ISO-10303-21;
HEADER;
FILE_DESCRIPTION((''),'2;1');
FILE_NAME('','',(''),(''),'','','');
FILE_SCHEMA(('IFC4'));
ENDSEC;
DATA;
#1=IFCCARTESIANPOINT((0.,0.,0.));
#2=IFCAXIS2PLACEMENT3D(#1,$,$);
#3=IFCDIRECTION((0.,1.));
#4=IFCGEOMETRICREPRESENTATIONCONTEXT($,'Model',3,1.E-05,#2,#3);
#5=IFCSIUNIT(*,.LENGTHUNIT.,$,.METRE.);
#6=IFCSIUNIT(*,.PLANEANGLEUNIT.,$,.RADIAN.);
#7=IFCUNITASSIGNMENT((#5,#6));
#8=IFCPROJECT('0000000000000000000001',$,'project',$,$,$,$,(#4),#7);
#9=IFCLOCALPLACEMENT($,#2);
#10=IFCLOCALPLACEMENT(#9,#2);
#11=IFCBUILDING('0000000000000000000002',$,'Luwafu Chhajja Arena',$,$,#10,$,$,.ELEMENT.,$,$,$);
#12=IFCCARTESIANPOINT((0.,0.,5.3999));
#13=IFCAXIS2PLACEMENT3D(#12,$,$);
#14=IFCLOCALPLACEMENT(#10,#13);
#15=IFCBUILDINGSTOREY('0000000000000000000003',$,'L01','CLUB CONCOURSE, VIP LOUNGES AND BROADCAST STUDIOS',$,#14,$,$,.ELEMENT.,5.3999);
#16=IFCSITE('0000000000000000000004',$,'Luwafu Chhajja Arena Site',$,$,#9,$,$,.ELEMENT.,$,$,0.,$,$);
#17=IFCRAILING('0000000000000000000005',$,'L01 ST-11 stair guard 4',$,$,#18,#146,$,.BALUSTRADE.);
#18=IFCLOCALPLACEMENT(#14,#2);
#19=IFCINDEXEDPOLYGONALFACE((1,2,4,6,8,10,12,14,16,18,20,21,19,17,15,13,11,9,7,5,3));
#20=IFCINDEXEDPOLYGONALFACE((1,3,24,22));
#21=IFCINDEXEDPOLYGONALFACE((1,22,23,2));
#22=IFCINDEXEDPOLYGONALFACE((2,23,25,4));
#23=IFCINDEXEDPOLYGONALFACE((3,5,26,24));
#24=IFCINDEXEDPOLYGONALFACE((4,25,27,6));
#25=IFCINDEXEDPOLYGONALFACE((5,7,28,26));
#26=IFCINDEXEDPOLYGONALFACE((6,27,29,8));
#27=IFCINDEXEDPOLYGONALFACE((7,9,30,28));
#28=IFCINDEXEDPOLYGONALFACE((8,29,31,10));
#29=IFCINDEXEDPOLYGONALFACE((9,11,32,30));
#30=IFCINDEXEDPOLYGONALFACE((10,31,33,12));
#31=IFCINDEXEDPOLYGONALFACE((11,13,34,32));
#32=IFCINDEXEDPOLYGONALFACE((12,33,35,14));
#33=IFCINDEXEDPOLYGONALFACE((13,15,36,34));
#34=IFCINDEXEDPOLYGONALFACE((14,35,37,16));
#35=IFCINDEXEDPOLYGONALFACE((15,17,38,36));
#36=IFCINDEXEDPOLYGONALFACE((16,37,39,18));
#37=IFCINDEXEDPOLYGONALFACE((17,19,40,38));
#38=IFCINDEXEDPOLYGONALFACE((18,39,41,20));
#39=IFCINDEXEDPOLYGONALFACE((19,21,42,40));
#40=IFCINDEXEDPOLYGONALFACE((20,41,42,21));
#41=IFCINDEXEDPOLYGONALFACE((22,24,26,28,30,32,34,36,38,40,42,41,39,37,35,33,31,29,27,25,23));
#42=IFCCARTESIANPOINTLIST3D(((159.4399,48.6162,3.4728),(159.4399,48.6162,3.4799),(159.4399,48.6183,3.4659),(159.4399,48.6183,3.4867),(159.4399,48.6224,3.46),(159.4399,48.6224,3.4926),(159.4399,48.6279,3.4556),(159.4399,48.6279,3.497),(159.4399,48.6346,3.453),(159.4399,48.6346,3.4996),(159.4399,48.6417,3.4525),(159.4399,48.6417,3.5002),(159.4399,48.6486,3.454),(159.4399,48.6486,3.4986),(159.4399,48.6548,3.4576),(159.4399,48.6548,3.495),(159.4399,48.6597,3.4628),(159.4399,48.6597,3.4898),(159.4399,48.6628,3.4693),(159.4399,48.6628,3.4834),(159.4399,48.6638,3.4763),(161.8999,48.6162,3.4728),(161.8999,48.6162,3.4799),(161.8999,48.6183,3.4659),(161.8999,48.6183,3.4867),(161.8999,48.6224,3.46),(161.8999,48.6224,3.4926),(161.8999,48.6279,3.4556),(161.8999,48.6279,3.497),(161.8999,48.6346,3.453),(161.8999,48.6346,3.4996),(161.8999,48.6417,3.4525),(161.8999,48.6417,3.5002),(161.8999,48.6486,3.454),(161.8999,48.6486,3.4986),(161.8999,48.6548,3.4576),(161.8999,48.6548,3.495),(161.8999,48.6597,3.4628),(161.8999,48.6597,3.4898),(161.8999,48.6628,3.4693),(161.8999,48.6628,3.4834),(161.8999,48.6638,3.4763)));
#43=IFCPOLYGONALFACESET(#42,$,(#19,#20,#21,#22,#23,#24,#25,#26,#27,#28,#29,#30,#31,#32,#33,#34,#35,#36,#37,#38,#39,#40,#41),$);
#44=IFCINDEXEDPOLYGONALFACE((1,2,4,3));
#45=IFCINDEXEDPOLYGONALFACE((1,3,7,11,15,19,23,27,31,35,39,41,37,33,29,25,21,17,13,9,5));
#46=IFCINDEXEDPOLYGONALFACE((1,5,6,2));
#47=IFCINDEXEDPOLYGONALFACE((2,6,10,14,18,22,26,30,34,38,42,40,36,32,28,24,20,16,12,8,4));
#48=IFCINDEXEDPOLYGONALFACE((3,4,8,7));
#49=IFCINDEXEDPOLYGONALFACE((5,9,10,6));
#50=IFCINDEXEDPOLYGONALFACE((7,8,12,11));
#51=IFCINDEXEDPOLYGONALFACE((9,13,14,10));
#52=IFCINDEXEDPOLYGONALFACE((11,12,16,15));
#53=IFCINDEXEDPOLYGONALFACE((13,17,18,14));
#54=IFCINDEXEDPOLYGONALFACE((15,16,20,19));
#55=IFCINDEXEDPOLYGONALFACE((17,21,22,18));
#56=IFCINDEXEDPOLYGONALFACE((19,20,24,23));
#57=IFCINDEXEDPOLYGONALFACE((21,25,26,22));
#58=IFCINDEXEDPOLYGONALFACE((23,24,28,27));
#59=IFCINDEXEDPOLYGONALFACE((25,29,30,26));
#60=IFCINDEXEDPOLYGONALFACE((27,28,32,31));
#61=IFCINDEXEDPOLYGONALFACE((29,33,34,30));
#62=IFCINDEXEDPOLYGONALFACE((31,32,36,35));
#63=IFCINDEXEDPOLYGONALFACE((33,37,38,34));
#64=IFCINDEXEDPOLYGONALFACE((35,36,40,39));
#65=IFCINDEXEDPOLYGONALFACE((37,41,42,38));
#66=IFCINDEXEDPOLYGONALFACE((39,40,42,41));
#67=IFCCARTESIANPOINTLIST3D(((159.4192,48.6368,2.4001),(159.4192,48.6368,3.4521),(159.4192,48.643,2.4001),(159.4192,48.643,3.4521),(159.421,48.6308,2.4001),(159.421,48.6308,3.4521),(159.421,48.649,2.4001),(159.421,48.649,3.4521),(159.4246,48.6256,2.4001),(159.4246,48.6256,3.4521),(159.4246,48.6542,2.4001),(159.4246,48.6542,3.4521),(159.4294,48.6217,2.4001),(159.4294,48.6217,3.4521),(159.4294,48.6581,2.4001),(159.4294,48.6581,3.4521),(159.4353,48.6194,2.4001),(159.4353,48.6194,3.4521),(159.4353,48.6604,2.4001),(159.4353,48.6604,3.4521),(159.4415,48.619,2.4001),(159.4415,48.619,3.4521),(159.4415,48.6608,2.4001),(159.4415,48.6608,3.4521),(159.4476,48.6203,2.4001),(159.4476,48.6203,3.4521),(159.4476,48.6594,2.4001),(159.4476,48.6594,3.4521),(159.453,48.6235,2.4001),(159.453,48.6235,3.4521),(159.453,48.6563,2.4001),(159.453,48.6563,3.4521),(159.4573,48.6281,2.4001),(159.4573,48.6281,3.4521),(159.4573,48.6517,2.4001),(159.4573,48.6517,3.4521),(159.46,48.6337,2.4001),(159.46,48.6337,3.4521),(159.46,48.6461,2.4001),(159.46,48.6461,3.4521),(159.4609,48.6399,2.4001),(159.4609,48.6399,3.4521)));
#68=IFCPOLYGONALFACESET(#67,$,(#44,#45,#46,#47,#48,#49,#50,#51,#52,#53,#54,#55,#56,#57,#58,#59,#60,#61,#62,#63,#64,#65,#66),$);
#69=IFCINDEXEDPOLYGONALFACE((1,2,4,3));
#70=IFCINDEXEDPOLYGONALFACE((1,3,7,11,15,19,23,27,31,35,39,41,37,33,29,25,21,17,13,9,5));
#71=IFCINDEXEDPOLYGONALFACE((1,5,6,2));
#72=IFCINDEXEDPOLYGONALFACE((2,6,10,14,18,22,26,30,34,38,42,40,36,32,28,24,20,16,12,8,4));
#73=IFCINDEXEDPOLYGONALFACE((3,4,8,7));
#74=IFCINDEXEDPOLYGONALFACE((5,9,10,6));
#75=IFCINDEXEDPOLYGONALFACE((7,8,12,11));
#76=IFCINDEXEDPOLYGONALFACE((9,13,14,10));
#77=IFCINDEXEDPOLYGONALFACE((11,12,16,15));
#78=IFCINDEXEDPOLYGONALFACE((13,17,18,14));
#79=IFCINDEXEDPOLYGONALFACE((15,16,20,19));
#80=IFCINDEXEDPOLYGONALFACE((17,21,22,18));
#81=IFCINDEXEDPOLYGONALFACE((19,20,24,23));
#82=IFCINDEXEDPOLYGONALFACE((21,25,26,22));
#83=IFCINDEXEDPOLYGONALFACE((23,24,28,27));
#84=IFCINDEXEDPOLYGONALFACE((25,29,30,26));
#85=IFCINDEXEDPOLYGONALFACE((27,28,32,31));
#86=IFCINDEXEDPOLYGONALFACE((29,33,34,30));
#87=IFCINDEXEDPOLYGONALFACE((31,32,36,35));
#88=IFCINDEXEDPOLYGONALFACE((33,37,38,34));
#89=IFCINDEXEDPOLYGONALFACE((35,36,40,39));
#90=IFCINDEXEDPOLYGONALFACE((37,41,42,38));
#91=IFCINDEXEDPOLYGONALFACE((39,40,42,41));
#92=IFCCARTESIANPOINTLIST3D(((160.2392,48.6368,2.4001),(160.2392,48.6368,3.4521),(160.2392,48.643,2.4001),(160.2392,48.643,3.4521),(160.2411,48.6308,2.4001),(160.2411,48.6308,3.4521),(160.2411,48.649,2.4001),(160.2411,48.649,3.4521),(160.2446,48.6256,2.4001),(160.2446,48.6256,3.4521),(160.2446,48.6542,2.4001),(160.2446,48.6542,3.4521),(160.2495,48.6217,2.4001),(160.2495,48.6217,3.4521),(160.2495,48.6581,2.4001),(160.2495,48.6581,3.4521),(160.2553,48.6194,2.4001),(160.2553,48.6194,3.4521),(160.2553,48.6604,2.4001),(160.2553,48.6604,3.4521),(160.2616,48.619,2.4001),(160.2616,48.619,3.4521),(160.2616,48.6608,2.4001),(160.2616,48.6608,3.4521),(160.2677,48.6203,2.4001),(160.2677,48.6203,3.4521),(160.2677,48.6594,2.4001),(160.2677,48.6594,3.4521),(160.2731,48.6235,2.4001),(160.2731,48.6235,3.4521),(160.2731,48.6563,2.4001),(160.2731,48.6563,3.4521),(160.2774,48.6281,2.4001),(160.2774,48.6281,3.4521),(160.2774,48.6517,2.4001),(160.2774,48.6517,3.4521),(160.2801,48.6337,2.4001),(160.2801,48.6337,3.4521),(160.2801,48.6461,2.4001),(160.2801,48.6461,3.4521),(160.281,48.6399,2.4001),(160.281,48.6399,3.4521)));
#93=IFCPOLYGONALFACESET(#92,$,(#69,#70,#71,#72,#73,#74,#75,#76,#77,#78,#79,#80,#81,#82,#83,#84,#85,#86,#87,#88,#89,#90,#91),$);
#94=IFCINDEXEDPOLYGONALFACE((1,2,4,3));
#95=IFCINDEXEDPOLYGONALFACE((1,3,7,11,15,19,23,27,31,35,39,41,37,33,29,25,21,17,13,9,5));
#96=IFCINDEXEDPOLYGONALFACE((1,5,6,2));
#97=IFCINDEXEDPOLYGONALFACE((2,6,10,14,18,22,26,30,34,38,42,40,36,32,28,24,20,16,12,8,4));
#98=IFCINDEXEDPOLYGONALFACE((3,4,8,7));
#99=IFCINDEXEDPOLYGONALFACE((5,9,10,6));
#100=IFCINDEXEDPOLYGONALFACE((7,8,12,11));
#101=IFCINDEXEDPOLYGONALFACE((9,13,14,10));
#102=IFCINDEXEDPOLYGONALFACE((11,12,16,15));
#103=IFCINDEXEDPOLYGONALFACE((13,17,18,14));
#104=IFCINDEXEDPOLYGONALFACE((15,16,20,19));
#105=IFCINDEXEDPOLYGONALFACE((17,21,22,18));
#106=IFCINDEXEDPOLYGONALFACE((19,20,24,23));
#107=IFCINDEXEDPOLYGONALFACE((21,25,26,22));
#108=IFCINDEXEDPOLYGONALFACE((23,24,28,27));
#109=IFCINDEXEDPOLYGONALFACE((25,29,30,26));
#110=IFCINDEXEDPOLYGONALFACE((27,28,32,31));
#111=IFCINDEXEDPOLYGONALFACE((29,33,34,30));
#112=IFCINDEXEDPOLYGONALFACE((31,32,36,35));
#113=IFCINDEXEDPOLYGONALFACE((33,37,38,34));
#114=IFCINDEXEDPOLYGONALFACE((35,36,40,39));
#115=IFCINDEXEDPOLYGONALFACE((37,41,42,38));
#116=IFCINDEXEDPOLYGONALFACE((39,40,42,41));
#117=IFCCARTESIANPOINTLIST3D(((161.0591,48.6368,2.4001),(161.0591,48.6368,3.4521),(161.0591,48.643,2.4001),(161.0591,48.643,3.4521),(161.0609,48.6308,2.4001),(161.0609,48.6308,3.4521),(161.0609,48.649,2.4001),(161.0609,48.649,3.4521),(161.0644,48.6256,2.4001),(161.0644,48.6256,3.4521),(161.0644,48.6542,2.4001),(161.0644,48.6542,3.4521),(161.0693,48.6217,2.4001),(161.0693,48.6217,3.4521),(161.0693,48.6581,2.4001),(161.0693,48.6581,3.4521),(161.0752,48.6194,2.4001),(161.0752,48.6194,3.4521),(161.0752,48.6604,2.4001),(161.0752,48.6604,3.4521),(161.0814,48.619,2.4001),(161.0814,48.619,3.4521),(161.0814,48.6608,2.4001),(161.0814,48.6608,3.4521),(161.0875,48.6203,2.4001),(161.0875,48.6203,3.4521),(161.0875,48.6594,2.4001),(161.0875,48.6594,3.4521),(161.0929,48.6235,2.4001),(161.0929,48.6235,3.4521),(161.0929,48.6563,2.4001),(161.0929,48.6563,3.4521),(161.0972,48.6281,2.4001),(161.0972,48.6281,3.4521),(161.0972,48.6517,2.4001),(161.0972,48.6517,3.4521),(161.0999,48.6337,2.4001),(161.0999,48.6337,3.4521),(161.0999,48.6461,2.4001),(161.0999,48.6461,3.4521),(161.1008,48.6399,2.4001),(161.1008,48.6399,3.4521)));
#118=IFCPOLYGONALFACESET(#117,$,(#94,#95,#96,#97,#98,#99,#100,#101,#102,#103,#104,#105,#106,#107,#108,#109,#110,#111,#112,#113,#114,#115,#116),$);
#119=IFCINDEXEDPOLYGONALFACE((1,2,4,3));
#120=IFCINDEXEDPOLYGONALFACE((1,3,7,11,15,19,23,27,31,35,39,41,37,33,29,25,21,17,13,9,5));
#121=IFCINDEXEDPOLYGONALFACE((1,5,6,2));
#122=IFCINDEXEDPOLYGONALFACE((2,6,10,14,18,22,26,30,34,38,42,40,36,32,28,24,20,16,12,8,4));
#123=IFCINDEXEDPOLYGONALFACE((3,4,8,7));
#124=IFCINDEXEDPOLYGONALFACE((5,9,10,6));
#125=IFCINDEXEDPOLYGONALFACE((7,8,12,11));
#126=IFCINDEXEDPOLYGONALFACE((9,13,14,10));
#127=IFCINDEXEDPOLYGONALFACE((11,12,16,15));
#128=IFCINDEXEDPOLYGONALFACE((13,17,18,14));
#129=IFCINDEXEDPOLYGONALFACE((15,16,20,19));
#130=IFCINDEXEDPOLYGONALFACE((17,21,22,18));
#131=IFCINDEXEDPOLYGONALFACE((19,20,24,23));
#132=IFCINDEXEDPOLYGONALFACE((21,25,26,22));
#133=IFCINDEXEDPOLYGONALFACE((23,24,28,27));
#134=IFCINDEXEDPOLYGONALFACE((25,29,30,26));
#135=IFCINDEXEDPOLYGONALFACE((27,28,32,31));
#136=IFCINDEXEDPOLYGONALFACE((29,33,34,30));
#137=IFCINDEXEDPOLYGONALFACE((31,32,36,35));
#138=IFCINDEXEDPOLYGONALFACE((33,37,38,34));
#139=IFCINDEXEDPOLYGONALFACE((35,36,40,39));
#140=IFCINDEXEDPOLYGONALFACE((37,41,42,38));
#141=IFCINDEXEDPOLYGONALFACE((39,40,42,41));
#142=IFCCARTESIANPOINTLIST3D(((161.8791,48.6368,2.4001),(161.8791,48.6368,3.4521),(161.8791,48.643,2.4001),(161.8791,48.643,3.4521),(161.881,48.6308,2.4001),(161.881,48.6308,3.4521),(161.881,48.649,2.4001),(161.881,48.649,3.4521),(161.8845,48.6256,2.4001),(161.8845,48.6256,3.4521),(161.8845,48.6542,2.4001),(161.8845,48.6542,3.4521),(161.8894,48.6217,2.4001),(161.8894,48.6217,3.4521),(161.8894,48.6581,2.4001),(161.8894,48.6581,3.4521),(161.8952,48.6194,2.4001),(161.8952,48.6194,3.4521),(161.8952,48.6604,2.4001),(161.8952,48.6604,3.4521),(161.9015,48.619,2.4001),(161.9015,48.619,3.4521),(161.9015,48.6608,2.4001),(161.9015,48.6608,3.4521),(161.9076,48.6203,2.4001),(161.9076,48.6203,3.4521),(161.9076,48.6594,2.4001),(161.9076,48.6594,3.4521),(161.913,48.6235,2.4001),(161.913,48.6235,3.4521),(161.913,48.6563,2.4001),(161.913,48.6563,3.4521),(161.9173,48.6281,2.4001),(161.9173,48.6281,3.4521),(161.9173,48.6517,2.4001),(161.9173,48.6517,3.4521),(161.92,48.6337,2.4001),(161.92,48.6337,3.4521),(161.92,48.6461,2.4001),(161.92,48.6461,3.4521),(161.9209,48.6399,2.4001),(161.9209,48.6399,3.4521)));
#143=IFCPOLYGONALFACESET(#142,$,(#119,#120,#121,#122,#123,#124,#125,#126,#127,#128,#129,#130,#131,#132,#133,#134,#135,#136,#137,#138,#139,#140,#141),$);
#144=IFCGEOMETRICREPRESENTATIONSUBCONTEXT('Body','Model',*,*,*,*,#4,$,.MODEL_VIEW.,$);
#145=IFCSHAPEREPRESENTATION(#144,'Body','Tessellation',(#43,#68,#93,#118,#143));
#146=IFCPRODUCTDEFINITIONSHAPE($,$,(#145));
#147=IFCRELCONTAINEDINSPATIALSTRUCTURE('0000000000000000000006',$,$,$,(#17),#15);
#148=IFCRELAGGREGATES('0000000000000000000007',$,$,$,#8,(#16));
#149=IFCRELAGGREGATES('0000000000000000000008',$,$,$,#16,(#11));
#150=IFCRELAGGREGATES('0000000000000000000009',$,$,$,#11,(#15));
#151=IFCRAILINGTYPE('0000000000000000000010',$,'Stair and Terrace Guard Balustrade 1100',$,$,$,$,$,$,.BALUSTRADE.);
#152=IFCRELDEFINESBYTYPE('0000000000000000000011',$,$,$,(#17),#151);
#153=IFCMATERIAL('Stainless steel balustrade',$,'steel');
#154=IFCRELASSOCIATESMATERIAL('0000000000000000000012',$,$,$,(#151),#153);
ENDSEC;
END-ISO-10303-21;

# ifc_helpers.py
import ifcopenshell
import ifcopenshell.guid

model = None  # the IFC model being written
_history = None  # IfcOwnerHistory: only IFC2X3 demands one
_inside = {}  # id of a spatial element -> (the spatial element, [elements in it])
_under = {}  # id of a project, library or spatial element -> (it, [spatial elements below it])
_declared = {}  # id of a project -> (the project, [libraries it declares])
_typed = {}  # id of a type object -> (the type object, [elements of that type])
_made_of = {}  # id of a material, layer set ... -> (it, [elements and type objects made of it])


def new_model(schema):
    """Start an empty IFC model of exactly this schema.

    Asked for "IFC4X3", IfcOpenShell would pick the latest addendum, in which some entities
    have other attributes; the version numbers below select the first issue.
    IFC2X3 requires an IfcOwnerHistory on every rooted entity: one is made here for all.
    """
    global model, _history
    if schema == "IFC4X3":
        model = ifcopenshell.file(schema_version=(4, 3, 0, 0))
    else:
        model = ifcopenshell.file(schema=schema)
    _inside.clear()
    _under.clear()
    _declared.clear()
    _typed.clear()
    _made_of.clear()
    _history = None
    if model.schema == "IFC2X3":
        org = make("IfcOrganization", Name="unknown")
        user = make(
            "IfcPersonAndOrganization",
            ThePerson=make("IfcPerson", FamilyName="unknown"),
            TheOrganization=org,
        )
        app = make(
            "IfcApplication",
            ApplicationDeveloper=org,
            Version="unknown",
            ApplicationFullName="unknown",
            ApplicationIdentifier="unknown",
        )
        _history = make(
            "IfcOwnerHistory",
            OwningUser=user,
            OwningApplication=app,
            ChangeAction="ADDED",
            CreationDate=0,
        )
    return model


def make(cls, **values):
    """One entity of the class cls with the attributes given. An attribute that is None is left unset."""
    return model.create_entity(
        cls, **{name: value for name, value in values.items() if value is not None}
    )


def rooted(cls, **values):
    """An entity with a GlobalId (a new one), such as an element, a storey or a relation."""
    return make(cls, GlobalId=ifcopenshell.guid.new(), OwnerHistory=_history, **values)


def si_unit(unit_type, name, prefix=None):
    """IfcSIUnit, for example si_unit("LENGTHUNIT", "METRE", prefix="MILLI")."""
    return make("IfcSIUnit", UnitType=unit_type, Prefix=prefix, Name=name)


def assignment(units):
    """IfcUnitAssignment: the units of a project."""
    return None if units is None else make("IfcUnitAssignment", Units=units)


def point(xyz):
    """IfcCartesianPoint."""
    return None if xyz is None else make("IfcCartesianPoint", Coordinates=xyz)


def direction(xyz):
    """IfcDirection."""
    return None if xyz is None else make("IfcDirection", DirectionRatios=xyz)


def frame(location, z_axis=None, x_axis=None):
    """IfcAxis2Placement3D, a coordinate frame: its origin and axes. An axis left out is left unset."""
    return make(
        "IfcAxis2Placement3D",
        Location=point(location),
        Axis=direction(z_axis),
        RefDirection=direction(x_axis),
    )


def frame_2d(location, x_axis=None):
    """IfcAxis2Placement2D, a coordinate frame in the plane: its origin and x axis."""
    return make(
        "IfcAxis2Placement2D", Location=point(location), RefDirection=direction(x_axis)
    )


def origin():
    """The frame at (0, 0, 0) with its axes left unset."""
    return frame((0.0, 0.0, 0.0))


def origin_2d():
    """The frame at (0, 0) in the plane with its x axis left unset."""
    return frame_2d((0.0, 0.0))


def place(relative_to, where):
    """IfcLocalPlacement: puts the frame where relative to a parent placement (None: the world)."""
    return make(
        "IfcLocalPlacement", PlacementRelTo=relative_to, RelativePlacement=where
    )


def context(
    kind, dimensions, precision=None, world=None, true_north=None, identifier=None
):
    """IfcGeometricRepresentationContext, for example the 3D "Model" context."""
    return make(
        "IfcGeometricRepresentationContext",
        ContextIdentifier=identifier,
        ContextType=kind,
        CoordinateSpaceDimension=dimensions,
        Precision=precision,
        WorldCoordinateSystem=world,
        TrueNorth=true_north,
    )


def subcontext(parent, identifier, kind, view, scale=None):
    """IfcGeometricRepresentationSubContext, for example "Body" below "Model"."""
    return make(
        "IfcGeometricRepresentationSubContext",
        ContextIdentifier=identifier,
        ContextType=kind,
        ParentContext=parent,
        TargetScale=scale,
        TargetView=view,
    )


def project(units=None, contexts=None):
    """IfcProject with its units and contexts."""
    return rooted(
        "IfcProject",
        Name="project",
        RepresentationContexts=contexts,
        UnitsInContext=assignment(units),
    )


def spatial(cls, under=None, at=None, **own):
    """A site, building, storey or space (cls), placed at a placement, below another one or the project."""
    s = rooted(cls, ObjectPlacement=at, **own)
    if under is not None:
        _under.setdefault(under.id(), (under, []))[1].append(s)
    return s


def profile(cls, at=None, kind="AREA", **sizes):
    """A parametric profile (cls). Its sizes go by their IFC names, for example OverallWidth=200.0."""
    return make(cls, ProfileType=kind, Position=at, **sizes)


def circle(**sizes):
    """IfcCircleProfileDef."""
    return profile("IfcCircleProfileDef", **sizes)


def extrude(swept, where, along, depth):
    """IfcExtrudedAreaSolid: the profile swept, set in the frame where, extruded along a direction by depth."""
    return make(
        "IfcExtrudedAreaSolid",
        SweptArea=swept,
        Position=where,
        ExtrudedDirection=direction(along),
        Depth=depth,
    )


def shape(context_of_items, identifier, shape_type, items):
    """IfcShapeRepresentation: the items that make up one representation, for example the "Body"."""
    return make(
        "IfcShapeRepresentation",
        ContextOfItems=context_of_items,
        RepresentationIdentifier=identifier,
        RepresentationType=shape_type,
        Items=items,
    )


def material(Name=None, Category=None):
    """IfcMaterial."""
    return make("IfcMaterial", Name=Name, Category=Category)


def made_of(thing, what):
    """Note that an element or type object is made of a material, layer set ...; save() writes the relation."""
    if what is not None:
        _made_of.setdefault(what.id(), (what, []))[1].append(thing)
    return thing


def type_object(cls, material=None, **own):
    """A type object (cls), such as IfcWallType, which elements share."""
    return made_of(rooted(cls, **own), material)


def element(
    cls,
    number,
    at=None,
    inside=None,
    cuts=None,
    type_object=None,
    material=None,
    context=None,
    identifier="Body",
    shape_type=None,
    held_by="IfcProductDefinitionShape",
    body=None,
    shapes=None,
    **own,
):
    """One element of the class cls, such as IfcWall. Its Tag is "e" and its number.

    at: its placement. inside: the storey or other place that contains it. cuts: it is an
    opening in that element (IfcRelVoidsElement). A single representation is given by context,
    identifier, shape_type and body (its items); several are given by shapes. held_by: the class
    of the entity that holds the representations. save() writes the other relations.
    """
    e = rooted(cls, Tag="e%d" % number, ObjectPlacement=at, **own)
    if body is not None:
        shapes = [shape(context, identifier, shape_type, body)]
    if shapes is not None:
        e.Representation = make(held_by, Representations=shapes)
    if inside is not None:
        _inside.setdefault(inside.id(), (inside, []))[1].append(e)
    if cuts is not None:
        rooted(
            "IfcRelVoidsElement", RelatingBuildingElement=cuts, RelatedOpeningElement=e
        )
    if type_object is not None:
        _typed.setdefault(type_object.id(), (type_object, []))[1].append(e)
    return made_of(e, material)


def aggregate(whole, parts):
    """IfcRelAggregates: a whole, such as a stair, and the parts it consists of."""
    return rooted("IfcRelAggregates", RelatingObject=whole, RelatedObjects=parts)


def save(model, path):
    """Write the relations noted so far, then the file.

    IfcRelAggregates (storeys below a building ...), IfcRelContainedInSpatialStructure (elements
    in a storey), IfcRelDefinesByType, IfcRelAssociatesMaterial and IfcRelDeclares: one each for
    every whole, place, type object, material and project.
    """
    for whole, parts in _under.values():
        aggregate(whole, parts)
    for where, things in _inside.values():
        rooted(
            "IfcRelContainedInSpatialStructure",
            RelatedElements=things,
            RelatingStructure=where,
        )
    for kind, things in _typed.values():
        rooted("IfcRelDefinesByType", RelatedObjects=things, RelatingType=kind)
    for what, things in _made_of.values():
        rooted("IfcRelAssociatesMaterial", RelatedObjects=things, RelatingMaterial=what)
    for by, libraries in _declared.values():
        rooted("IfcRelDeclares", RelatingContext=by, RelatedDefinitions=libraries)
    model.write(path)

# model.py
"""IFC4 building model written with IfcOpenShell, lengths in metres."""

from ifc_helpers import new_model, si_unit, direction, frame, origin, origin_2d, place, context, subcontext, project, spatial, circle, extrude, material, type_object, element, save


model = new_model("IFC4")

# Units and contexts
model_context = context("Model", 3, precision=1e-05, world=origin(), true_north=direction((0.0, 1.0)))
body_context = subcontext(model_context, "Body", "Model", "MODEL_VIEW")
ifc_project = project(units=[si_unit("LENGTHUNIT", "METRE"), si_unit("PLANEANGLEUNIT", "RADIAN")], contexts=[model_context])

# Site, building, storey
site_placement = place(None, origin())
site = spatial("IfcSite", under=ifc_project, at=site_placement, Name="Luwafu Chhajja Arena Site", CompositionType="ELEMENT", RefElevation=0.0)
building_placement = place(site_placement, origin())
building = spatial("IfcBuilding", under=site, at=building_placement, Name="Luwafu Chhajja Arena", CompositionType="ELEMENT")
storey_placement = place(building_placement, frame((0.0, 0.0, 5.3999)))
storey = spatial("IfcBuildingStorey", under=building, at=storey_placement, Name="L01", Description="CLUB CONCOURSE, VIP LOUNGES AND BROADCAST STUDIOS", CompositionType="ELEMENT", Elevation=5.3999)

# Railing
ifc_material_1 = material(Name="Stainless steel balustrade", Category="steel")
railing_type_1 = type_object("IfcRailingType", Name="Stair and Terrace Guard Balustrade 1100", PredefinedType="BALUSTRADE", material=ifc_material_1)
for number, where, name in (
    (1, (159.4399, 48.6399, 2.4001), "L01 ST-11 stair guard 4"),
):
    element("IfcRailing", number, at=place(storey_placement, frame(where)), inside=storey, type_object=railing_type_1, Name=name, PredefinedType="BALUSTRADE", context=body_context, shape_type="SweptSolid", body=[
        extrude(circle(Radius=0.0239, at=origin_2d()), frame((0.0, 0.0, 1.0762), z_axis=(1.0, 0.0, 0.0), x_axis=(0.0, 1.0, 0.0)), (0.0, 0.0, 1.0), 2.46),
        extrude(circle(Radius=0.021, at=origin_2d()), origin(), (0.0, 0.0, 1.0), 1.052),
        extrude(circle(Radius=0.021, at=origin_2d()), frame((0.8201, 0.0, 0.0)), (0.0, 0.0, 1.0), 1.052),
        extrude(circle(Radius=0.021, at=origin_2d()), frame((1.6399, 0.0, 0.0)), (0.0, 0.0, 1.0), 1.052),
        extrude(circle(Radius=0.021, at=origin_2d()), frame((2.46, 0.0, 0.0)), (0.0, 0.0, 1.0), 1.052),
    ])

save(model, "model.ifc")
